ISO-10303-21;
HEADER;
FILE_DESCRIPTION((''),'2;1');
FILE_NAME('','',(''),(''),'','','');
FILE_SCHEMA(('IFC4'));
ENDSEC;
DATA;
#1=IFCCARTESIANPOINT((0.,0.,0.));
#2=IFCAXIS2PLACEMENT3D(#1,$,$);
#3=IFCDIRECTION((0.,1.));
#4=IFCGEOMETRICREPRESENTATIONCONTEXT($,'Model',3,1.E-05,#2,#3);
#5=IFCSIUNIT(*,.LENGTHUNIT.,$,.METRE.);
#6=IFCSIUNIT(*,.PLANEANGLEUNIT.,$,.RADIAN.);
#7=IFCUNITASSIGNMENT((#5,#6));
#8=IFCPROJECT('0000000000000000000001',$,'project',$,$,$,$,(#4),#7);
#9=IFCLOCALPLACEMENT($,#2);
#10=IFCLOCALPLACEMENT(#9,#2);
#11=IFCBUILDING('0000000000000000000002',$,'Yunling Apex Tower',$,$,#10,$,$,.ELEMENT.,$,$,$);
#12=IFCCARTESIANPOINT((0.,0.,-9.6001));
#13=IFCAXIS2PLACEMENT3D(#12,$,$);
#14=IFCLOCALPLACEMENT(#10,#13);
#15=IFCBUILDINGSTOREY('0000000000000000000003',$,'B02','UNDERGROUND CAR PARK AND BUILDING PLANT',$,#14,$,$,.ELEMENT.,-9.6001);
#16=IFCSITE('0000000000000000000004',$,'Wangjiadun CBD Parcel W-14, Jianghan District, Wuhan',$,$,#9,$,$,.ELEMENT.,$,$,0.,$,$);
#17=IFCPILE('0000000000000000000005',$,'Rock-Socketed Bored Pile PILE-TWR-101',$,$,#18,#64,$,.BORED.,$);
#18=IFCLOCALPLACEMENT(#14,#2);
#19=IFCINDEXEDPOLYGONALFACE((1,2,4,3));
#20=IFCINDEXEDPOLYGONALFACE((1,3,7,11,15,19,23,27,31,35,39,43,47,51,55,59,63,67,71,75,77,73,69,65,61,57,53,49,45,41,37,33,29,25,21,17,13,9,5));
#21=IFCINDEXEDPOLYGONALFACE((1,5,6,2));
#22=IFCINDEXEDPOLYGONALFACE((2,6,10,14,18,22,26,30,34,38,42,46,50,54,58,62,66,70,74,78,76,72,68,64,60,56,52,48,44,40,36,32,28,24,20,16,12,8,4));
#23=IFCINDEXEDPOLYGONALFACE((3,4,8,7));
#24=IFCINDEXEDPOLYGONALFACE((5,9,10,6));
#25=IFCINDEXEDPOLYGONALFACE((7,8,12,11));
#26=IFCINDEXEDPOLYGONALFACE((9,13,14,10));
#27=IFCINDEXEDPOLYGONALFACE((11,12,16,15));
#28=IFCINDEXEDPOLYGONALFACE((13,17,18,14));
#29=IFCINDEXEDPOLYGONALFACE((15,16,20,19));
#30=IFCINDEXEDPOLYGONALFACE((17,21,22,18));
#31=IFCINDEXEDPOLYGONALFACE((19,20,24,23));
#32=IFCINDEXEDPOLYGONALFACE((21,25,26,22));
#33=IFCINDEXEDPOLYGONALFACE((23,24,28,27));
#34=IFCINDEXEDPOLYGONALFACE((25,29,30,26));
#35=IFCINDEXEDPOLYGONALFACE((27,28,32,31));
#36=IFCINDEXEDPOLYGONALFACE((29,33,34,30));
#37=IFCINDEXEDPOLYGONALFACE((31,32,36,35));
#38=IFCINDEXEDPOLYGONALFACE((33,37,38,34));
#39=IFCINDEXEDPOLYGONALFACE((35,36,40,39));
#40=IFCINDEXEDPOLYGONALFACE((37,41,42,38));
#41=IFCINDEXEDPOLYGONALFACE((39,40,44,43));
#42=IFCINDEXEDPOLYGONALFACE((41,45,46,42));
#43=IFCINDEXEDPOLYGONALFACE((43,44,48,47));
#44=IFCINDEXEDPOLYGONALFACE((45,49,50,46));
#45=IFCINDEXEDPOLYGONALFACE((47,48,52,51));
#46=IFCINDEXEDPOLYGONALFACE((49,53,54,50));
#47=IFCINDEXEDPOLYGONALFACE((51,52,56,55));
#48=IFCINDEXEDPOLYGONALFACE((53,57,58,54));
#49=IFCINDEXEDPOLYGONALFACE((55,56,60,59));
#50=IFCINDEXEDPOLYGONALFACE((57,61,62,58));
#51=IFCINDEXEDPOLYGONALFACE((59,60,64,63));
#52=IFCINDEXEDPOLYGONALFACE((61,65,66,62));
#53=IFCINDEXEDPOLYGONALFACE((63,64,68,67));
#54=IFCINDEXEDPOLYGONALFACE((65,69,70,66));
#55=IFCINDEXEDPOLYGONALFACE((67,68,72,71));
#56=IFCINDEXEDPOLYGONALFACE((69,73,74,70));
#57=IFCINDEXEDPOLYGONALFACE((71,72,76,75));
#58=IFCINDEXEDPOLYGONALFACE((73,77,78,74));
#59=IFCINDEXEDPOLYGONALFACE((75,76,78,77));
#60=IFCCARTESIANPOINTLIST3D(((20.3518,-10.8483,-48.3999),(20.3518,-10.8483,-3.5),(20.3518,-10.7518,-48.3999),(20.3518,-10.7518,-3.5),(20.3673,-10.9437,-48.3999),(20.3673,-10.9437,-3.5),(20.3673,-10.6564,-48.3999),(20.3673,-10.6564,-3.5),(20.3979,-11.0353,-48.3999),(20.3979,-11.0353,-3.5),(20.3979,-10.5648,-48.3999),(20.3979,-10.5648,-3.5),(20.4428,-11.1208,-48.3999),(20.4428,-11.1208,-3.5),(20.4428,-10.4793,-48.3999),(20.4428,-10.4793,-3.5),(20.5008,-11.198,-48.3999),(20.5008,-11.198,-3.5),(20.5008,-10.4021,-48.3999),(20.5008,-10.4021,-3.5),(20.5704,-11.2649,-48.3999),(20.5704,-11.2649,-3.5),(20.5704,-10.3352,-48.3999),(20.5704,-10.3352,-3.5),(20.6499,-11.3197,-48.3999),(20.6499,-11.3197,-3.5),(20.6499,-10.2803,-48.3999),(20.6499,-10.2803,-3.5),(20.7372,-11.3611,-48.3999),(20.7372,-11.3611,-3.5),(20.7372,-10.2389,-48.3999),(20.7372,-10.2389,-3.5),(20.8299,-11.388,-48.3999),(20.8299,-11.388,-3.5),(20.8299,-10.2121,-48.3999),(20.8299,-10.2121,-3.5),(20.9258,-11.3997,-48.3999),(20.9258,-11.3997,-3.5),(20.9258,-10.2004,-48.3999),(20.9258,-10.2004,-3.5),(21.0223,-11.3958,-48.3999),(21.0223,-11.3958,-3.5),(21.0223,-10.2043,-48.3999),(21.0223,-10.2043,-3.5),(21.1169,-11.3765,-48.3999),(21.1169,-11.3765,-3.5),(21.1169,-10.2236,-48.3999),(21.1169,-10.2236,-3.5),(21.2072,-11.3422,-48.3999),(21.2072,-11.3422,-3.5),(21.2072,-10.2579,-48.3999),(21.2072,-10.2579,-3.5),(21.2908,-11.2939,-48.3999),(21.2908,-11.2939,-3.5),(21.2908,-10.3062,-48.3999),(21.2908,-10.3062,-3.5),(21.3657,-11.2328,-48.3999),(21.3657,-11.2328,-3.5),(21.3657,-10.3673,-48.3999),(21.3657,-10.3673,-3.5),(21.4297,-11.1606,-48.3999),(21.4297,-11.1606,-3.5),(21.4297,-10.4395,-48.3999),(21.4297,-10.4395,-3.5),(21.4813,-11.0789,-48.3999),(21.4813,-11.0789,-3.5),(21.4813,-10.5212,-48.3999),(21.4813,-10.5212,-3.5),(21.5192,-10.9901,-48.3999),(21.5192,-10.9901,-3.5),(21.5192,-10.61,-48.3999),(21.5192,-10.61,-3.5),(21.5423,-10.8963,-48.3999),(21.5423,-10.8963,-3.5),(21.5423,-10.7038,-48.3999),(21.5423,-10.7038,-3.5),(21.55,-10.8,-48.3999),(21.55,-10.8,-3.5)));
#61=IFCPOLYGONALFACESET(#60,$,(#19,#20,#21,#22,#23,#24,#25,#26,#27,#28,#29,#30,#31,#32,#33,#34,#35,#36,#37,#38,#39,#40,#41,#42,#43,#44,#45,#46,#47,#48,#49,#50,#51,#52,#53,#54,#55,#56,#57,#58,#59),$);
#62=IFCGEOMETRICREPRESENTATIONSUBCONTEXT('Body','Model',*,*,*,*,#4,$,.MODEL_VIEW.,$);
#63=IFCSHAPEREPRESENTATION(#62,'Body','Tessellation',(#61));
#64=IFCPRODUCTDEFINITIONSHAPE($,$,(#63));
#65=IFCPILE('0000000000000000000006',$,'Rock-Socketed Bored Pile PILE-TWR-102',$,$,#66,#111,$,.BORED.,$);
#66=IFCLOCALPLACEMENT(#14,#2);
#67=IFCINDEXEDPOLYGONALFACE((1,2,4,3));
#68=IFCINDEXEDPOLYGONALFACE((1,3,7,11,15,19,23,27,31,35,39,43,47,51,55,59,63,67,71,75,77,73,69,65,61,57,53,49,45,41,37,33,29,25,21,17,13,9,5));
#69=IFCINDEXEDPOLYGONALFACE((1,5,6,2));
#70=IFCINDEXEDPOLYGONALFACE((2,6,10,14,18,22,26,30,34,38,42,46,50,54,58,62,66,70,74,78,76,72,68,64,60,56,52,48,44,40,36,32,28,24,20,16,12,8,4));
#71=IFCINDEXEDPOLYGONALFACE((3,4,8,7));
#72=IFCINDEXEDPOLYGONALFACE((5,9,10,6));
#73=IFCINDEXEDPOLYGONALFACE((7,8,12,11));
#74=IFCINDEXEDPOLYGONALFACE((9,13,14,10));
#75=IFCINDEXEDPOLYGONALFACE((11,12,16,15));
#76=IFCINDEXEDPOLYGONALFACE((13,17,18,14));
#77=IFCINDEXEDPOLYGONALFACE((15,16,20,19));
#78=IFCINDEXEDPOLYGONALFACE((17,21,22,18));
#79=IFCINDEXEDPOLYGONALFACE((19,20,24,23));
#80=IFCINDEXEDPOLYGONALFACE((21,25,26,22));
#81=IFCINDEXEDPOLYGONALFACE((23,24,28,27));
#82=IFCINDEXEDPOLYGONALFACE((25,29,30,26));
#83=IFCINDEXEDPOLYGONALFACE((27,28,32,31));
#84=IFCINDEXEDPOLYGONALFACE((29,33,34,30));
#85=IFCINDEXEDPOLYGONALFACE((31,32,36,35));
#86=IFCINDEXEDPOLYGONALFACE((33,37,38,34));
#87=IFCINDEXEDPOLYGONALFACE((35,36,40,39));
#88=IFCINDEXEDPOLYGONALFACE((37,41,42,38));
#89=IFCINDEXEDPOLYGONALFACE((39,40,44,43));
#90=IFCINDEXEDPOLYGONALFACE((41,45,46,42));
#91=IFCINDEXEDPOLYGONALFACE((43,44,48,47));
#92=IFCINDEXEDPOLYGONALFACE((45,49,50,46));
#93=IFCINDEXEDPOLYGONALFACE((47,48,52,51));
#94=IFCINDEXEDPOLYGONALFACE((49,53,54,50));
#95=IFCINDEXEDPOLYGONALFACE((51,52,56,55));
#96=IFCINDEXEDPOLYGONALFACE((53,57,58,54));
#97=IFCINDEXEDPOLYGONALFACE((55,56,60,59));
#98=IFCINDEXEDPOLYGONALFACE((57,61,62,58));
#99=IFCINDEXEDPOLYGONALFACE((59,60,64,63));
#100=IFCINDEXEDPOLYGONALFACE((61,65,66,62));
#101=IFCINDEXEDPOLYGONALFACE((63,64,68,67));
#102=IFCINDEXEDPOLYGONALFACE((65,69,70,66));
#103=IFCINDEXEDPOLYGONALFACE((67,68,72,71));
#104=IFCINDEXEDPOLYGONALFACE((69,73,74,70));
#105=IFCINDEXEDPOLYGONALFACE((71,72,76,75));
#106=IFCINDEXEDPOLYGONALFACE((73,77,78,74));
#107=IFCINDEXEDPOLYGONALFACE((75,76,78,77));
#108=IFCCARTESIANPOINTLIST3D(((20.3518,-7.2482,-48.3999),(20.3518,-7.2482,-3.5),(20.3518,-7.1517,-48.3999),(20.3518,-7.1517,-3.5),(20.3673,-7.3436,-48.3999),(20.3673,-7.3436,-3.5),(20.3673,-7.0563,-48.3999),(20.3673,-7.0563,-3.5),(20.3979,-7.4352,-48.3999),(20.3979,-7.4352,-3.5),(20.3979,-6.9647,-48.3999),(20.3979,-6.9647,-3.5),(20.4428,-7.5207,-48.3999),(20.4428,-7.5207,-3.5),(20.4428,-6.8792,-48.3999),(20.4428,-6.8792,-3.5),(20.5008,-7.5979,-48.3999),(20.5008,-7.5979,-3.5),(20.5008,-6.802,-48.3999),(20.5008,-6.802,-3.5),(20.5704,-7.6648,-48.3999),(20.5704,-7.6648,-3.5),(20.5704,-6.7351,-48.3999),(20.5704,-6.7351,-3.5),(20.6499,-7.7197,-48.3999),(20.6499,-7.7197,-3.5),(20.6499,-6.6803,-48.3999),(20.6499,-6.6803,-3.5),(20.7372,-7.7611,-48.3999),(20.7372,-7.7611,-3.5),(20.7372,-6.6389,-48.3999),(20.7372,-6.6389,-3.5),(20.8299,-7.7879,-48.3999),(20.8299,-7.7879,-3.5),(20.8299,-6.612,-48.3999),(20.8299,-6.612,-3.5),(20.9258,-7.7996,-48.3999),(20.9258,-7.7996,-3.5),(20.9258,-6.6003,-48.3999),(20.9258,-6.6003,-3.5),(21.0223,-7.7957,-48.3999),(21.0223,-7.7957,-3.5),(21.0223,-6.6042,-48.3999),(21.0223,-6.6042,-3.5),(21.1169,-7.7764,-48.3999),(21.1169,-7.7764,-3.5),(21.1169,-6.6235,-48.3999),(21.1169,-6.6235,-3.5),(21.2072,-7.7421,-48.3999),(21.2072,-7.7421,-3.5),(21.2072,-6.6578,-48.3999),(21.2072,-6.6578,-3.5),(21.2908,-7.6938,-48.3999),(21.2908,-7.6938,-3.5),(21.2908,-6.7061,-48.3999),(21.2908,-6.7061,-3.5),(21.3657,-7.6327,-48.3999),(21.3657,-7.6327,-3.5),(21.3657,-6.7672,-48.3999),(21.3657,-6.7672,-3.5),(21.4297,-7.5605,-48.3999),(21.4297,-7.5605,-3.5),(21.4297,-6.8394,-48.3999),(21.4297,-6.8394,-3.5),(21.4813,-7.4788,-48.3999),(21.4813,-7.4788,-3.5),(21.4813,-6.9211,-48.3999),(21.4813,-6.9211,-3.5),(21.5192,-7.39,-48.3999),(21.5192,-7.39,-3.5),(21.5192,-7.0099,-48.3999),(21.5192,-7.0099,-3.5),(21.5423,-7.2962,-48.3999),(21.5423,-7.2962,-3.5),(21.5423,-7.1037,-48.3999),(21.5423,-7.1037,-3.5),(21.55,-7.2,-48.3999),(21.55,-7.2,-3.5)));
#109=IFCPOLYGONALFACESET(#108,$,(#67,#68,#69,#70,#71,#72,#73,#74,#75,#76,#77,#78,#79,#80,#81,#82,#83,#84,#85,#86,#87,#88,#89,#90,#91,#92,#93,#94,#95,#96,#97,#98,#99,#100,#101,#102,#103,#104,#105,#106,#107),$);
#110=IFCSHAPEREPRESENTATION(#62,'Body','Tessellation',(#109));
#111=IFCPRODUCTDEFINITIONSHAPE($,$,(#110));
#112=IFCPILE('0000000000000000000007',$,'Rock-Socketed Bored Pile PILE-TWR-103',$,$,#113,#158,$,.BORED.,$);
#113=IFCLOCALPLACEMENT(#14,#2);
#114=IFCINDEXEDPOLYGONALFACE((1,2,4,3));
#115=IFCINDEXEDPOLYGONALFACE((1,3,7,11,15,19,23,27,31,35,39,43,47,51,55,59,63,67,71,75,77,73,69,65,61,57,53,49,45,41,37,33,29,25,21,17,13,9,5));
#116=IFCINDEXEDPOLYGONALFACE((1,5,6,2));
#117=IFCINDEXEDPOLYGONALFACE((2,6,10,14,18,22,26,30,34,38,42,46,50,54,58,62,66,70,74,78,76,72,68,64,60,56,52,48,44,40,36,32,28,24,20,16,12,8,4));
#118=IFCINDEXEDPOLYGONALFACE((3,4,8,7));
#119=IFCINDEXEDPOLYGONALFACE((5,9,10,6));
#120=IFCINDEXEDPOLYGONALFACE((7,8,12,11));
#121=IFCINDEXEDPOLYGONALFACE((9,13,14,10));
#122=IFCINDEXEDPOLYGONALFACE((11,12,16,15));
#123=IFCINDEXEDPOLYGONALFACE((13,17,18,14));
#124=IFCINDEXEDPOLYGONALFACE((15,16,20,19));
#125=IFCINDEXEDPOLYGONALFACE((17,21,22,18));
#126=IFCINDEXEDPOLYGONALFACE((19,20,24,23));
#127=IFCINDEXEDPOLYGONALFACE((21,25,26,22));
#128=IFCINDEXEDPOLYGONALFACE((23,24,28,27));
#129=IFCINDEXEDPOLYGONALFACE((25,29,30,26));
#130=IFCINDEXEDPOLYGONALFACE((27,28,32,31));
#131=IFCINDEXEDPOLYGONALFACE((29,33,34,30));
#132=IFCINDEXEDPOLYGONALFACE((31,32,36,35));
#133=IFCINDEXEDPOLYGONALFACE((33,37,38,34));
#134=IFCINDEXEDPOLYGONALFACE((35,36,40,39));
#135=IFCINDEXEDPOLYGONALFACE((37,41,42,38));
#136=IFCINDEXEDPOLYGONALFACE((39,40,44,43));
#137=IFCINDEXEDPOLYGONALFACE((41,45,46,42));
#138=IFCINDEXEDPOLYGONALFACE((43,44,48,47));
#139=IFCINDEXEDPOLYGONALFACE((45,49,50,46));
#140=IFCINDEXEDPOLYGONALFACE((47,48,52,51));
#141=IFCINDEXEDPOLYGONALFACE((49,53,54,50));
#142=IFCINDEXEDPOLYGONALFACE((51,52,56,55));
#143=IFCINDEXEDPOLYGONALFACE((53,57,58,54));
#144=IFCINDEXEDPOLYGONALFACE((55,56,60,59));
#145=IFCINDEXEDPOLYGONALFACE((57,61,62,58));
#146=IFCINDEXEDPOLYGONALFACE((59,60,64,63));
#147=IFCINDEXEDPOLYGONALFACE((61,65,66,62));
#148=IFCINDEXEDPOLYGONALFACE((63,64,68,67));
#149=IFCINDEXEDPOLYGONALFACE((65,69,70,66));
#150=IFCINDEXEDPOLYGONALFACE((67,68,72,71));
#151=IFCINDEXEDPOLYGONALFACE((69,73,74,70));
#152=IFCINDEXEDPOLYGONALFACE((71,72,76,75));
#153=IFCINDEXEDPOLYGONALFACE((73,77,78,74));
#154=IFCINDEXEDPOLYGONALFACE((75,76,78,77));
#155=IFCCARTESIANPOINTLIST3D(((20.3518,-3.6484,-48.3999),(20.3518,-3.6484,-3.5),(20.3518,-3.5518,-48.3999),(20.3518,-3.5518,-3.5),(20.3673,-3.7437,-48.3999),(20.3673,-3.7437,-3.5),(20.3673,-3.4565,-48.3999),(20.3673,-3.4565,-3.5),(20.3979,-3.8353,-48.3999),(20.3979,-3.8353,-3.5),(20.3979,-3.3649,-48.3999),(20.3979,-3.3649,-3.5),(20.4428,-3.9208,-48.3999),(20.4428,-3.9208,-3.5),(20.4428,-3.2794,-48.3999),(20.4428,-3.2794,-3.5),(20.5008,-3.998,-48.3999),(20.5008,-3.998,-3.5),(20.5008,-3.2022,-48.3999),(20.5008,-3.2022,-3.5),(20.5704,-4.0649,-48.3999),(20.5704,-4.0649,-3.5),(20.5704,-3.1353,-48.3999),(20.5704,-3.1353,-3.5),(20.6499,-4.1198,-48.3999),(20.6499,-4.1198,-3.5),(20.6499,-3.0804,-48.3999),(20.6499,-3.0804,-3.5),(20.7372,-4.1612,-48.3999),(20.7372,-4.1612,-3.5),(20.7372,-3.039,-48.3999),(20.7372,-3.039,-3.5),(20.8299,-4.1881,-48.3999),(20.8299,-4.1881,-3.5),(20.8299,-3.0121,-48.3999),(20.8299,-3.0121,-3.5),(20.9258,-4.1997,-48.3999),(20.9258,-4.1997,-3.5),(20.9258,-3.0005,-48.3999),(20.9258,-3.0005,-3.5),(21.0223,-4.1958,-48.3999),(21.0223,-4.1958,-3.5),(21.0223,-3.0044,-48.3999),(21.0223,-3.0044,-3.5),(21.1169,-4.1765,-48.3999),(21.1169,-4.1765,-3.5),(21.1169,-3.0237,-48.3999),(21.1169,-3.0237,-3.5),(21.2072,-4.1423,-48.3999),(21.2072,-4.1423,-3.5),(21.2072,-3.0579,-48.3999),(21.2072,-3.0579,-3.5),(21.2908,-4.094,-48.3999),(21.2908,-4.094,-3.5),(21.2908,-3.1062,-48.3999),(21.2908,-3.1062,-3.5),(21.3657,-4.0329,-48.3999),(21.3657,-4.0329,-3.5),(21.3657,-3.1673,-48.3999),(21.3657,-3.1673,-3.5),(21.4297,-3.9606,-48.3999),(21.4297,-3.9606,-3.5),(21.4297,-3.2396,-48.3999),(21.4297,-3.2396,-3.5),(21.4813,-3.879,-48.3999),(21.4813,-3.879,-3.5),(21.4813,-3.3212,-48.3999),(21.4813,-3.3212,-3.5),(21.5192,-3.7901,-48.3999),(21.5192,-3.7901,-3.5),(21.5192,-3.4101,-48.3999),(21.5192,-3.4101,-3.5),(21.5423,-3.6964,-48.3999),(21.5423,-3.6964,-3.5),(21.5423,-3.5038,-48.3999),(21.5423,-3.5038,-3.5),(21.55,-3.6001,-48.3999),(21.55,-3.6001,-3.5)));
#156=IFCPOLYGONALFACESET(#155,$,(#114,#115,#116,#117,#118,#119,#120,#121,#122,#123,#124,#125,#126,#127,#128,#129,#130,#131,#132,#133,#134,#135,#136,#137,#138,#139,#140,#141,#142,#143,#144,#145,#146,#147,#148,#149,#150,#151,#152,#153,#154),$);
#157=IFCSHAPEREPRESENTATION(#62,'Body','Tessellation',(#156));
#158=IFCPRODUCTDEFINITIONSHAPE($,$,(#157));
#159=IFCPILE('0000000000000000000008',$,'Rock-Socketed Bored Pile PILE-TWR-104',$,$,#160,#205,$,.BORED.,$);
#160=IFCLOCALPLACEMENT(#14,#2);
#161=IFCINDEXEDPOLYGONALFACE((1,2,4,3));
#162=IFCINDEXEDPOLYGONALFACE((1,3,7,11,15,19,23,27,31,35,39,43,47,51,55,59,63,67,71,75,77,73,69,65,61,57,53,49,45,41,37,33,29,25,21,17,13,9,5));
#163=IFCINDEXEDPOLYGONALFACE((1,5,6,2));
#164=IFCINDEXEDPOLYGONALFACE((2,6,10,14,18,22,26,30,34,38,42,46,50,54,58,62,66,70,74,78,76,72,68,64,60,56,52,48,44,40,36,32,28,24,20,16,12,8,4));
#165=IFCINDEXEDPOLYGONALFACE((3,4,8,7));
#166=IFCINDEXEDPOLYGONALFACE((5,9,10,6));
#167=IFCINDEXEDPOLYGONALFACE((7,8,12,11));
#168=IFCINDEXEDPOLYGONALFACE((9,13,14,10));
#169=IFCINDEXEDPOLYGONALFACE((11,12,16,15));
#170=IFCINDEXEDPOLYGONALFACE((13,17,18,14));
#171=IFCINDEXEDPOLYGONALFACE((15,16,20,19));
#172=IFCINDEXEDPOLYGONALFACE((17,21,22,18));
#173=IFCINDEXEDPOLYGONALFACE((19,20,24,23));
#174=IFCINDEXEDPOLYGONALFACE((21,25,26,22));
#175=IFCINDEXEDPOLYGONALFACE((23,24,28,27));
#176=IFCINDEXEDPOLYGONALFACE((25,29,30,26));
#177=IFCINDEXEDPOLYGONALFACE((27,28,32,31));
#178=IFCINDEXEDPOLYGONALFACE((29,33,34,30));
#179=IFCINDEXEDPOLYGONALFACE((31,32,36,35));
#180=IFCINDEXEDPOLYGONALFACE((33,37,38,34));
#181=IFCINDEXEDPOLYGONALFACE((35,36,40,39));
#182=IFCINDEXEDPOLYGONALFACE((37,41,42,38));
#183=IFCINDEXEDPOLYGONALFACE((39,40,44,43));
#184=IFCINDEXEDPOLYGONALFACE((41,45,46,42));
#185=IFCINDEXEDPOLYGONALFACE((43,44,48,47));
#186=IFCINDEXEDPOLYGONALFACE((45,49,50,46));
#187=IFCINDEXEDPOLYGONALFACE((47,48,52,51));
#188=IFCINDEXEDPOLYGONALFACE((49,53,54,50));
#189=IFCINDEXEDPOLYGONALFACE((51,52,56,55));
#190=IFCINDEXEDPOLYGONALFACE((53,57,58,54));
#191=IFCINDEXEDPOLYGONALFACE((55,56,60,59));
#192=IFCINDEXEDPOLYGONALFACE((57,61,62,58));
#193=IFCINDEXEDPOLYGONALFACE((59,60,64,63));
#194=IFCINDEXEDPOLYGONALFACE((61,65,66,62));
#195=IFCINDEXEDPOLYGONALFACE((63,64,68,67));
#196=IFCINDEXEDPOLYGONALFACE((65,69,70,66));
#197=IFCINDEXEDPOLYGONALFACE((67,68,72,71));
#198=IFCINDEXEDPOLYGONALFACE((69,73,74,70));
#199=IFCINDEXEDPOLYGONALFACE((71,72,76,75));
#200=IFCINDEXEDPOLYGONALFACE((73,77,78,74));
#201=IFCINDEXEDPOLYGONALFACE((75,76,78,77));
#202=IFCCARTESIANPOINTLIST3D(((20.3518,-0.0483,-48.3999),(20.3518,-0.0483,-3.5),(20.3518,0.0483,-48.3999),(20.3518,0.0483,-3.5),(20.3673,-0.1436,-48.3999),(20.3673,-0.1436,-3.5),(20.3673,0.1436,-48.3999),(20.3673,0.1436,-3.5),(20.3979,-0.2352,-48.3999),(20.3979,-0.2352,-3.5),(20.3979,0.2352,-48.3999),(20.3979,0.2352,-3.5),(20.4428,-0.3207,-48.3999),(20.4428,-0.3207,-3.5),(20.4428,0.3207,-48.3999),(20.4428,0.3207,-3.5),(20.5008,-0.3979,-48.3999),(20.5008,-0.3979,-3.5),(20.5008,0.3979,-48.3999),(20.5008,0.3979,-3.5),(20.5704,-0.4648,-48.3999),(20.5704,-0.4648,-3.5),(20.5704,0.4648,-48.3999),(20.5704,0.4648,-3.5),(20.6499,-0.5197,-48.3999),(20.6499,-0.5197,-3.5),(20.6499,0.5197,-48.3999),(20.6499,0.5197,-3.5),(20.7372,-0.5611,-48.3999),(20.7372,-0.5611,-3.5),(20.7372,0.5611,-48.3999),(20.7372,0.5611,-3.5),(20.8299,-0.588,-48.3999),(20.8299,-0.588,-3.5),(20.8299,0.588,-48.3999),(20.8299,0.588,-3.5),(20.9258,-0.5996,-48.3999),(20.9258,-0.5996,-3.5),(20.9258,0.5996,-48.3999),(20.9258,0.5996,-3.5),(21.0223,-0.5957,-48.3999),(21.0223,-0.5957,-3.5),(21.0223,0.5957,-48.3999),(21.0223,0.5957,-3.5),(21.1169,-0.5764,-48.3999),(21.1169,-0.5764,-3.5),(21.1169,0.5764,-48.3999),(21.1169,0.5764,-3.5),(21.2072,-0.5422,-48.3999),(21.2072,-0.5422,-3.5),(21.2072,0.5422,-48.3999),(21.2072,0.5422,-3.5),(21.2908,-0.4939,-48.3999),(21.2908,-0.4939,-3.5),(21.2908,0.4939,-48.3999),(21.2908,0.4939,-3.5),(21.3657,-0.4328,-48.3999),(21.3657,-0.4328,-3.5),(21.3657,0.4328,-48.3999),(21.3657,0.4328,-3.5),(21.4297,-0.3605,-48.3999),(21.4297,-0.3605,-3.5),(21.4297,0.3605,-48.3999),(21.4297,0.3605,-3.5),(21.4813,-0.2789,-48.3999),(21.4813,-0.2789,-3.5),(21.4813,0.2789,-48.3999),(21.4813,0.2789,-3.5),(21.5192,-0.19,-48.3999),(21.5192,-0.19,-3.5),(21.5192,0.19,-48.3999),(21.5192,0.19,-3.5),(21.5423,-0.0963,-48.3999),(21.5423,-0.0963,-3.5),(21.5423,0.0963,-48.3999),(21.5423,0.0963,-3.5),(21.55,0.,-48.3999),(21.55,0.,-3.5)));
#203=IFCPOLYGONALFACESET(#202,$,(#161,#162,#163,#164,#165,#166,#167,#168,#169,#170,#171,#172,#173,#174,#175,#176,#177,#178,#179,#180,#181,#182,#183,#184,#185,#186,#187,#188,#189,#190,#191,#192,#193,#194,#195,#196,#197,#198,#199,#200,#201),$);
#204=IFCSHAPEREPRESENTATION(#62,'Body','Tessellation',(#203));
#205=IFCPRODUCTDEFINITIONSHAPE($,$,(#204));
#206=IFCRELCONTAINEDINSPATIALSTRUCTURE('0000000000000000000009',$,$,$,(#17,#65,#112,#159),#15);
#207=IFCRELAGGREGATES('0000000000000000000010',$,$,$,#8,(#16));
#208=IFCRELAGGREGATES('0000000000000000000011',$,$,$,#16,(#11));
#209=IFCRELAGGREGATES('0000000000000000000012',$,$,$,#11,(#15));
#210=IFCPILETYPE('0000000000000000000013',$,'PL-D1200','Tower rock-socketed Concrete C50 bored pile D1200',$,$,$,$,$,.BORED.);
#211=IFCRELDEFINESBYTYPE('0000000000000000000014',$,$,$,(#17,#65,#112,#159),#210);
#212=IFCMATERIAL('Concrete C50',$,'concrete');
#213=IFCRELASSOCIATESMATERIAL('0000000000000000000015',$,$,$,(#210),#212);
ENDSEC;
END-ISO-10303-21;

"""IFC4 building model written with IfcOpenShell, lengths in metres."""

from ifc_helpers import new_model, si_unit, direction, frame, origin, origin_2d, place, context, subcontext, project, spatial, circle, extrude, source, transform, mapped, material, material_profile, profile_set, type_object, element, save


model = new_model("IFC4")

# Units and contexts
model_context = context("Model", 3, precision=1e-05, world=origin(), true_north=direction((0.0, 1.0)))
body_context = subcontext(model_context, "Body", "Model", "MODEL_VIEW")
ifc_project = project(units=[si_unit("LENGTHUNIT", "METRE"), si_unit("PLANEANGLEUNIT", "RADIAN")], contexts=[model_context])

# Site, building, storey
site_placement = place(None, origin())
site = spatial("IfcSite", under=ifc_project, at=site_placement, Name="Wangjiadun CBD Parcel W-14, Jianghan District, Wuhan", CompositionType="ELEMENT", RefElevation=0.0)
building_placement = place(site_placement, origin())
building = spatial("IfcBuilding", under=site, at=building_placement, Name="Yunling Apex Tower", CompositionType="ELEMENT")
storey_placement = place(building_placement, frame((0.0, 0.0, -9.6001)))
storey = spatial("IfcBuildingStorey", under=building, at=storey_placement, Name="B02", Description="UNDERGROUND CAR PARK AND BUILDING PLANT", CompositionType="ELEMENT", Elevation=-9.6001)

# Shared definitions
ifc_material_1 = material(Name="Concrete C50", Category="concrete")

# Piles
ifc_material_profile_1 = material_profile(ifc_material_1, circle(Radius=0.6001, at=origin_2d()))
ifc_profile_set_1 = profile_set([ifc_material_profile_1], Name="Concrete C50")
pile_type_1 = type_object("IfcPileType", Name="PL-D1200", Description="Tower rock-socketed Concrete C50 bored pile D1200", PredefinedType="BORED", material=ifc_profile_set_1)
shared_shape_1 = source(origin(), body_context, "Body", "SweptSolid", [
    extrude(circle(Radius=0.6001, at=origin_2d()), origin(), (0.0, 0.0, 1.0), 44.8999),
])
for number, where, z_axis, x_axis, name in (
    (1, (20.95, -10.8, -3.5), (0.0, 0.0, -1.0), (1.0, 0.0, 0.0), "Rock-Socketed Bored Pile PILE-TWR-101"),
    (2, (20.95, -7.2, -3.5), (0.0, 0.0, -1.0), (1.0, 0.0, 0.0), "Rock-Socketed Bored Pile PILE-TWR-102"),
    (3, (20.95, -3.6001, -3.5), (0.0, 0.0, -1.0), (1.0, 0.0, 0.0), "Rock-Socketed Bored Pile PILE-TWR-103"),
    (4, (20.95, 0.0, -3.5), (0.0, 0.0, -1.0), (1.0, 0.0, 0.0), "Rock-Socketed Bored Pile PILE-TWR-104"),
):
    element("IfcPile", number, at=place(storey_placement, frame(where, z_axis=z_axis, x_axis=x_axis)), inside=storey, type_object=pile_type_1, Name=name, PredefinedType="BORED", context=body_context, shape_type="MappedRepresentation", body=[
        mapped(shared_shape_1, transform((0.0, 0.0, 0.0), scale=1.0)),
    ])

save(model, "model.ifc")
